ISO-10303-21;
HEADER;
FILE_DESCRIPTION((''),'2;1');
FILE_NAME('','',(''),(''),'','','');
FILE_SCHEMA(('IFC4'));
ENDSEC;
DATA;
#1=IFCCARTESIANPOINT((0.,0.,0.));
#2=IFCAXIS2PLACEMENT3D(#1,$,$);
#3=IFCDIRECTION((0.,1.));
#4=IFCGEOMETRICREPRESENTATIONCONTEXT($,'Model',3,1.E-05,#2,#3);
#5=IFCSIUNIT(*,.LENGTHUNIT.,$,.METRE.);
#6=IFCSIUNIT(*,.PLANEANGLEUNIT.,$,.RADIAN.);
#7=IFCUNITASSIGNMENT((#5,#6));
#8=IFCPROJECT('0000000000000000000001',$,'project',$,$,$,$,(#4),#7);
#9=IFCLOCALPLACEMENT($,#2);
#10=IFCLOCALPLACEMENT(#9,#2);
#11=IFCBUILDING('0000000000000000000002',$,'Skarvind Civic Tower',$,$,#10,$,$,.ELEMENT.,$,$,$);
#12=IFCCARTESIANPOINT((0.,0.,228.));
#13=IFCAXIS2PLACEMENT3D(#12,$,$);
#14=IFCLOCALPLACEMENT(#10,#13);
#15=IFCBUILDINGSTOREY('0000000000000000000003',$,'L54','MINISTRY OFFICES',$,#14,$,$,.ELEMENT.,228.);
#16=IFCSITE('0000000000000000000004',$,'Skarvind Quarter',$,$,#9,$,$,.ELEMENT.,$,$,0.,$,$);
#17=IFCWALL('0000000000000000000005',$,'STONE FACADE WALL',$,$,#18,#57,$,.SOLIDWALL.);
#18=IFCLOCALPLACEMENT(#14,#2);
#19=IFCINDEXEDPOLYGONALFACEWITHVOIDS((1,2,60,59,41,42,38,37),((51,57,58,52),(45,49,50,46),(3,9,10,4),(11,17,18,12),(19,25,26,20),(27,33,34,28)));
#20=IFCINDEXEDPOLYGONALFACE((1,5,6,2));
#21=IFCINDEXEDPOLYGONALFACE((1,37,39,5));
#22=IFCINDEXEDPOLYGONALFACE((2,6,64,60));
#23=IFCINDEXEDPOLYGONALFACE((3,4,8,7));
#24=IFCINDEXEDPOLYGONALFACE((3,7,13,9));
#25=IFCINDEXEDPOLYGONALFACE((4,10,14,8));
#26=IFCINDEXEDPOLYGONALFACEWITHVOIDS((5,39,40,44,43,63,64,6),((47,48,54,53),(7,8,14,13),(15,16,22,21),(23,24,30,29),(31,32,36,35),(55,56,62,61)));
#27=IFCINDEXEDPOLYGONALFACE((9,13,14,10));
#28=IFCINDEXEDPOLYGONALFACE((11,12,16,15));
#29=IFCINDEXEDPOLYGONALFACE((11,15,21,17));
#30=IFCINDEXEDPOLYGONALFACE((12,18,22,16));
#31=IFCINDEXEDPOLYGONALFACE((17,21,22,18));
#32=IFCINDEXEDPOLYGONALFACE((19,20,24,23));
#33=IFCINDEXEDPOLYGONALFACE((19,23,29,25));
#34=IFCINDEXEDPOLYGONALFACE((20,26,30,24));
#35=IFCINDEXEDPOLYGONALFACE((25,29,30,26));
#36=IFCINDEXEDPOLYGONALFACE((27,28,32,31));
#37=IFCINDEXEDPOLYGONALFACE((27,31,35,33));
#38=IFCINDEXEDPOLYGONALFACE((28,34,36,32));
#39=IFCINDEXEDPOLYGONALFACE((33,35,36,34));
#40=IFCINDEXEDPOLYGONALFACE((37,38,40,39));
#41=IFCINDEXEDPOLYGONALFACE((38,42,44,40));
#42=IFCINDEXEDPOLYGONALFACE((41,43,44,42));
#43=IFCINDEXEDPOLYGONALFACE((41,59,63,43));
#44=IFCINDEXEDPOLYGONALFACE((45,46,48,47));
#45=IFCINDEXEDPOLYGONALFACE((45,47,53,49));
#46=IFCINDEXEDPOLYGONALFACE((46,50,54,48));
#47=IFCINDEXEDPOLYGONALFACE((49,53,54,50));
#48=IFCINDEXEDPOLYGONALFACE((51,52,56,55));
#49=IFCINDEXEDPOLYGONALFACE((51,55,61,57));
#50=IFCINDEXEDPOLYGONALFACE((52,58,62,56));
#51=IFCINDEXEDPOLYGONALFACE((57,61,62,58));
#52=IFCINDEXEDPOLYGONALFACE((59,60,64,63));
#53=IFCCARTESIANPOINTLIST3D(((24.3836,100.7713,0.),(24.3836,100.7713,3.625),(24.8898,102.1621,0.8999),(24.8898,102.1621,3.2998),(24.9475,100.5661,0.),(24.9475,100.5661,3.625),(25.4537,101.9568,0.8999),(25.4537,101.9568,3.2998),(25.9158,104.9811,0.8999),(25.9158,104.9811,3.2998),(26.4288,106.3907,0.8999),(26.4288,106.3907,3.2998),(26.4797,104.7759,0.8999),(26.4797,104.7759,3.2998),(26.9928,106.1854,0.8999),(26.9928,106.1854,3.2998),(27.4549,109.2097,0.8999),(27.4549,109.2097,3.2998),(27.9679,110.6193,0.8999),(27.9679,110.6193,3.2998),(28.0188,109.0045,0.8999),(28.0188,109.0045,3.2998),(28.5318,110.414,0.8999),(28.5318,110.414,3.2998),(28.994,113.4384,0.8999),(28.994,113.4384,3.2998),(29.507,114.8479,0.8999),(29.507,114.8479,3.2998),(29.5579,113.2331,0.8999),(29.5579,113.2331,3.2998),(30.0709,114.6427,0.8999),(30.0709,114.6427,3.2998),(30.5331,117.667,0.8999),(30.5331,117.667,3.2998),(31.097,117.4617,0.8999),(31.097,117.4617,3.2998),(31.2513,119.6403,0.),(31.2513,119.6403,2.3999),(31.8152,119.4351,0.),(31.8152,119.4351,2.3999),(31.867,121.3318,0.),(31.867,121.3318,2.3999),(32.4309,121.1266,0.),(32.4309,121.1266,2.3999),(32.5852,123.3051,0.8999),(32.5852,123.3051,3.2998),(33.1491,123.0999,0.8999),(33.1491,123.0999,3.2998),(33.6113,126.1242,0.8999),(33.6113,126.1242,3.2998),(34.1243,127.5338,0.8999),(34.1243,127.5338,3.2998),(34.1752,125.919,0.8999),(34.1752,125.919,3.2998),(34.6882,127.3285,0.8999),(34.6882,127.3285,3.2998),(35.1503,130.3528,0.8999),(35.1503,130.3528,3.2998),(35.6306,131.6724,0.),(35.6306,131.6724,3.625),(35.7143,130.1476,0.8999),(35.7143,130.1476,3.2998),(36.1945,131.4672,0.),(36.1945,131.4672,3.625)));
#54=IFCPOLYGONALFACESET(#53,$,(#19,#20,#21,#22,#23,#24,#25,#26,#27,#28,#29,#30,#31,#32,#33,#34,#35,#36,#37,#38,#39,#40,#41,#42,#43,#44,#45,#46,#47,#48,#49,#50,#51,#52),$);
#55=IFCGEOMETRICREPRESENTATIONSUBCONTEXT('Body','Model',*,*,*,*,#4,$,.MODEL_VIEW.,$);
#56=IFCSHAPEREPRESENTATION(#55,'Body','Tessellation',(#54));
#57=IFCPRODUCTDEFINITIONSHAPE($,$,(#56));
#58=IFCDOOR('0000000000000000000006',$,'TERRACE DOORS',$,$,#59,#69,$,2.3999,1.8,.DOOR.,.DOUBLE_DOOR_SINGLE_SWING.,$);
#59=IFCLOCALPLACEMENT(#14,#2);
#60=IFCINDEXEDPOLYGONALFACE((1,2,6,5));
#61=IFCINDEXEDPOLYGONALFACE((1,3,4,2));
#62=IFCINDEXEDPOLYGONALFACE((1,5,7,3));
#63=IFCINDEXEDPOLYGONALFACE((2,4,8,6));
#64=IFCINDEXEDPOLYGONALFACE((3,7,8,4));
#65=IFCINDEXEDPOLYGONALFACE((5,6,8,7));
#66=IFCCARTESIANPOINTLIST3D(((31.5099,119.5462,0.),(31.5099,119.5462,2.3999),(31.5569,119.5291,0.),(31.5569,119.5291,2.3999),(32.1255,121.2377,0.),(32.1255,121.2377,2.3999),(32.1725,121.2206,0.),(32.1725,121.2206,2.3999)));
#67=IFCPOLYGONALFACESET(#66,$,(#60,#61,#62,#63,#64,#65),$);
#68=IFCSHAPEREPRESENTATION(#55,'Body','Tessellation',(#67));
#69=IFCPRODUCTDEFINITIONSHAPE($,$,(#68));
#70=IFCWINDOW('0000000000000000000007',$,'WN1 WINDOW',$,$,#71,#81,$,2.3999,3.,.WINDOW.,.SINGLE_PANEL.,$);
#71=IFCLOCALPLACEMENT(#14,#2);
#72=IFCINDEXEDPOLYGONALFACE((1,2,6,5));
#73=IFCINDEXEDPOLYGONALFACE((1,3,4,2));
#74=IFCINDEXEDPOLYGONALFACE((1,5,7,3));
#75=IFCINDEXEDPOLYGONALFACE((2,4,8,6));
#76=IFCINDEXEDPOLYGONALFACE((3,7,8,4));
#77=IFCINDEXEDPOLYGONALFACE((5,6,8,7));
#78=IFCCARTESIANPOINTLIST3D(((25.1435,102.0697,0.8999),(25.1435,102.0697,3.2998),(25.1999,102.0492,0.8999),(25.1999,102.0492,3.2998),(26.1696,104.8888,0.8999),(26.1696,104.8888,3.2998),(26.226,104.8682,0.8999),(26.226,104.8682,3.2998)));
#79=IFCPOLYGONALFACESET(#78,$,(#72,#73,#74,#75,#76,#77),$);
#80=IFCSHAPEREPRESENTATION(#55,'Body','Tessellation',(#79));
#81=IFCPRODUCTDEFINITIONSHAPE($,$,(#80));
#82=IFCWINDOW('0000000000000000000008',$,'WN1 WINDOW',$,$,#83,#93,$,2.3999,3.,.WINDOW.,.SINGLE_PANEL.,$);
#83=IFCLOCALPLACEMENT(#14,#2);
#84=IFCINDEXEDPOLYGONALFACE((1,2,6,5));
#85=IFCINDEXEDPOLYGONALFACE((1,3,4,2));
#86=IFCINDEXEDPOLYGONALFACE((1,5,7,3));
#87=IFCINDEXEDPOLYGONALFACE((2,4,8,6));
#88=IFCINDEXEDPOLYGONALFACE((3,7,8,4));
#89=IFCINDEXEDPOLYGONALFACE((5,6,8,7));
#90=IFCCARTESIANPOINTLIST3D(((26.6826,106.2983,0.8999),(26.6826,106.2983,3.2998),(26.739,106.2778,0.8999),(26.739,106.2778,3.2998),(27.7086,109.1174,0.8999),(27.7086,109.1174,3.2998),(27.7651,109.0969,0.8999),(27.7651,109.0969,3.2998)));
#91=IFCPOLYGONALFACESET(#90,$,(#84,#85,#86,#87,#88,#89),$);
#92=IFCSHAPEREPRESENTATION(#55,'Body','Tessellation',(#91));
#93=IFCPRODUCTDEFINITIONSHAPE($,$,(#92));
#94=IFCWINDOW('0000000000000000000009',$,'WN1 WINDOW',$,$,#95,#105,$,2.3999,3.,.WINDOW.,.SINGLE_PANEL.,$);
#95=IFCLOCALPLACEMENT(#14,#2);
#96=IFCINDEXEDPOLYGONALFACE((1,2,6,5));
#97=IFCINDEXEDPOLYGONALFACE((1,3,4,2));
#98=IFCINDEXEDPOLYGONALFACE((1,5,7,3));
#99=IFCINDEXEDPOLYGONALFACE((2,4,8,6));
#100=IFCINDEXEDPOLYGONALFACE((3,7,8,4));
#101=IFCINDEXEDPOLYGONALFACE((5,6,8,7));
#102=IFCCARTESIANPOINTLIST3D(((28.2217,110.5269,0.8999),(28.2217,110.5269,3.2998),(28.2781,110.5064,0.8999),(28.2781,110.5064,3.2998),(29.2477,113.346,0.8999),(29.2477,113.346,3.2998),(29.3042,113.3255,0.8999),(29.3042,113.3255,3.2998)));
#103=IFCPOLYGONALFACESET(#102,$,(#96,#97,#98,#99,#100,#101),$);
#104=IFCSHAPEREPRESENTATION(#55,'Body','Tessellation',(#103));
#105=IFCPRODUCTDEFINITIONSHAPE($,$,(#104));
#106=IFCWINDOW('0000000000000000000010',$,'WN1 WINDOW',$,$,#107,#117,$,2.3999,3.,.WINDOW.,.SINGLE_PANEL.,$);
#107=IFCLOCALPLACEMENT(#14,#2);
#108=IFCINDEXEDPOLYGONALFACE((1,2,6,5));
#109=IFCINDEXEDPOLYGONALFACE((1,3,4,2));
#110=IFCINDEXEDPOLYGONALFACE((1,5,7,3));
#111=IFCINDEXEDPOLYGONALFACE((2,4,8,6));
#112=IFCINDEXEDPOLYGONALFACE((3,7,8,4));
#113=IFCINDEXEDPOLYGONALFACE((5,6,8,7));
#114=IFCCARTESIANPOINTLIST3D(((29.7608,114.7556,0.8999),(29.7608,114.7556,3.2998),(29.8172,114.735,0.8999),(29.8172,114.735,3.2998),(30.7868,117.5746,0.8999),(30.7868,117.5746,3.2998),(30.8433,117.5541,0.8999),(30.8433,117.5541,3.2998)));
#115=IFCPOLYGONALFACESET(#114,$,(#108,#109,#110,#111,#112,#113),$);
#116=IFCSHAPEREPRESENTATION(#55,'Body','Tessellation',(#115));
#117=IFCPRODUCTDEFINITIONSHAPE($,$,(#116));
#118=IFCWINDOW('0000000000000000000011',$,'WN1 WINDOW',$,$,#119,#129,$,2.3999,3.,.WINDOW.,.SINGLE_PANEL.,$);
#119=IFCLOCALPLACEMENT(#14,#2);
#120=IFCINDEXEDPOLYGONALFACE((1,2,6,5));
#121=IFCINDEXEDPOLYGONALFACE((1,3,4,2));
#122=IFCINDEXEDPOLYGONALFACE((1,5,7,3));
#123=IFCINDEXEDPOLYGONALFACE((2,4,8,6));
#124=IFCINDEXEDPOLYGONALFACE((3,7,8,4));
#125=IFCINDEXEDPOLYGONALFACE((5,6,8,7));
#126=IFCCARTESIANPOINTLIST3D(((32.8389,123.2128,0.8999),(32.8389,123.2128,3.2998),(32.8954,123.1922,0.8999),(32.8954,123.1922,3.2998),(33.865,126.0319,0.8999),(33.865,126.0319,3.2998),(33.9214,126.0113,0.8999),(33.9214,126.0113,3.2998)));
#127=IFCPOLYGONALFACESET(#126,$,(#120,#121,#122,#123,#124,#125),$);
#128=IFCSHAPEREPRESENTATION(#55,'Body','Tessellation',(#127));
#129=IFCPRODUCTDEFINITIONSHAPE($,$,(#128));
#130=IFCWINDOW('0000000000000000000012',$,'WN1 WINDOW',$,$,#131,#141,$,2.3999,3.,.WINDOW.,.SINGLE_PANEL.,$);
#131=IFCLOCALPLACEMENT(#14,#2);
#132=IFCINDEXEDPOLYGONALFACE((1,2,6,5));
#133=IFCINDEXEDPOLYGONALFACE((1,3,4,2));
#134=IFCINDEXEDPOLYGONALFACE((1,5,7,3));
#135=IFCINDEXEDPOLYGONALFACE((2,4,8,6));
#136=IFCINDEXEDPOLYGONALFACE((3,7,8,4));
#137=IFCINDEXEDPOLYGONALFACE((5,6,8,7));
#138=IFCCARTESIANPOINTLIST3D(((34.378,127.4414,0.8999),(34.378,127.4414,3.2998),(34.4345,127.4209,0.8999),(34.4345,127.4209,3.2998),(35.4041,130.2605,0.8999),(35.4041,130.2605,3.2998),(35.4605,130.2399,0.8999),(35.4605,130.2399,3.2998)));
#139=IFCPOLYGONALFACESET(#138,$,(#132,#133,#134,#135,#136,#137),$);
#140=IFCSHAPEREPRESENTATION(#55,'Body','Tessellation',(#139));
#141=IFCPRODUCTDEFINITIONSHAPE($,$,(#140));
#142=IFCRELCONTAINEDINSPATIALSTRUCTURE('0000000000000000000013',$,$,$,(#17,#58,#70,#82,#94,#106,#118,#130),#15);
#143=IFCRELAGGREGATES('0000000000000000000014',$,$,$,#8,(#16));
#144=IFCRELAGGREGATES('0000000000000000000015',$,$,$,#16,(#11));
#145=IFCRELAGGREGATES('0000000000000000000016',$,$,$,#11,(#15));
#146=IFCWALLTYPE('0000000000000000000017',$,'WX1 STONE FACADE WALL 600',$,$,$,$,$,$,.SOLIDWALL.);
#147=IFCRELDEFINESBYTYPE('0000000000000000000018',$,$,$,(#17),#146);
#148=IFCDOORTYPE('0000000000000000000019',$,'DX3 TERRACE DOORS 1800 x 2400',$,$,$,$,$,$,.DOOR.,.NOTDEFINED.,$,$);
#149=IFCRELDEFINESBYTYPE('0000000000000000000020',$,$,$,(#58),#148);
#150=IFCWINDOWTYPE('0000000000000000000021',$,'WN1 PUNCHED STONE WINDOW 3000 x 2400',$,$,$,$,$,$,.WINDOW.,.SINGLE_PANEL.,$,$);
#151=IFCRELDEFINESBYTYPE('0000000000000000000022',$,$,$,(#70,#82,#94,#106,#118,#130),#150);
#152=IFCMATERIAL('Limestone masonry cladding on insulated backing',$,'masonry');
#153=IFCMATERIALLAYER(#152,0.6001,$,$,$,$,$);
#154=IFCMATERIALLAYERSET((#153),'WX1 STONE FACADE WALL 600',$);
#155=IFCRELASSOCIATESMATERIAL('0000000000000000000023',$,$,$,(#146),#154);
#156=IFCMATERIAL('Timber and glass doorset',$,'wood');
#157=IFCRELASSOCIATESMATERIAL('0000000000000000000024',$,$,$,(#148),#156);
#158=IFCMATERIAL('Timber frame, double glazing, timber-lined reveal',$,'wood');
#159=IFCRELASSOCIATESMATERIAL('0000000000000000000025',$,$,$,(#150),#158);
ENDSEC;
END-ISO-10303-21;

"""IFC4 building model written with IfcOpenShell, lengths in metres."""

from ifc_helpers import new_model, si_unit, direction, frame, frame_2d, origin, place, context, subcontext, project, spatial, rectangle, extrude, material, layer, layer_set, type_object, element, fill, save


model = new_model("IFC4")

# Units and contexts
model_context = context("Model", 3, precision=1e-05, world=origin(), true_north=direction((0.0, 1.0)))
body_context = subcontext(model_context, "Body", "Model", "MODEL_VIEW")
ifc_project = project(units=[si_unit("LENGTHUNIT", "METRE"), si_unit("PLANEANGLEUNIT", "RADIAN")], contexts=[model_context])

# Site, building, storey
site_placement = place(None, origin())
site = spatial("IfcSite", under=ifc_project, at=site_placement, Name="Skarvind Quarter", CompositionType="ELEMENT", RefElevation=0.0)
building_placement = place(site_placement, origin())
building = spatial("IfcBuilding", under=site, at=building_placement, Name="Skarvind Civic Tower", CompositionType="ELEMENT")
storey_placement = place(building_placement, frame((0.0, 0.0, 228.0)))
storey = spatial("IfcBuildingStorey", under=building, at=storey_placement, Name="L54", Description="MINISTRY OFFICES", CompositionType="ELEMENT", Elevation=228.0)

# Wall, openings, door, windows
ifc_material_1 = material(Name="Limestone masonry cladding on insulated backing", Category="masonry")
ifc_layer_1 = layer(ifc_material_1, 0.6001)
ifc_layer_set_1 = layer_set([ifc_layer_1], Name="WX1 STONE FACADE WALL 600")
wall_type_1 = type_object("IfcWallType", Name="WX1 STONE FACADE WALL 600", PredefinedType="SOLIDWALL", material=ifc_layer_set_1)
wall_1_placement = place(storey_placement, frame((24.6655, 100.6687, 0.0), z_axis=(0.0, 0.0, 1.0), x_axis=(0.34202, 0.939693, 0.0)))
wall_1 = element("IfcWall", 1, at=wall_1_placement, inside=storey, type_object=wall_type_1, Name="STONE FACADE WALL", PredefinedType="SOLIDWALL", context=body_context, shape_type="SweptSolid", body=[
    extrude(rectangle(XDim=32.8843, YDim=0.6001, at=frame_2d((16.4421, 0.0))), origin(), (0.0, 0.0, 1.0), 3.625),
])
opening_1_placement = place(wall_1_placement, frame((1.48, 0.0, 0.8999)))
opening_1 = element("IfcOpeningElement", 2, at=opening_1_placement, cuts=wall_1, PredefinedType="OPENING", context=body_context, shape_type="SweptSolid", body=[
    extrude(rectangle(XDim=3.0, YDim=2.3999, at=frame_2d((1.5, 1.2))), frame((0.0, 0.3101, 0.0), z_axis=(0.0, -1.0, 0.0), x_axis=(1.0, 0.0, 0.0)), (0.0, 0.0, 1.0), 0.6201),
])
opening_2_placement = place(wall_1_placement, frame((5.98, 0.0, 0.8999)))
opening_2 = element("IfcOpeningElement", 3, at=opening_2_placement, cuts=wall_1, PredefinedType="OPENING", context=body_context, shape_type="SweptSolid", body=[
    extrude(rectangle(XDim=3.0, YDim=2.3999, at=frame_2d((1.5, 1.2))), frame((0.0, 0.3101, 0.0), z_axis=(0.0, -1.0, 0.0), x_axis=(1.0, 0.0, 0.0)), (0.0, 0.0, 1.0), 0.6201),
])
opening_3_placement = place(wall_1_placement, frame((10.48, 0.0, 0.8999)))
opening_3 = element("IfcOpeningElement", 4, at=opening_3_placement, cuts=wall_1, PredefinedType="OPENING", context=body_context, shape_type="SweptSolid", body=[
    extrude(rectangle(XDim=3.0, YDim=2.3999, at=frame_2d((1.5, 1.2))), frame((0.0, 0.3101, 0.0), z_axis=(0.0, -1.0, 0.0), x_axis=(1.0, 0.0, 0.0)), (0.0, 0.0, 1.0), 0.6201),
])
opening_4_placement = place(wall_1_placement, frame((14.98, 0.0, 0.8999)))
opening_4 = element("IfcOpeningElement", 5, at=opening_4_placement, cuts=wall_1, PredefinedType="OPENING", context=body_context, shape_type="SweptSolid", body=[
    extrude(rectangle(XDim=3.0, YDim=2.3999, at=frame_2d((1.5, 1.2))), frame((0.0, 0.3101, 0.0), z_axis=(0.0, -1.0, 0.0), x_axis=(1.0, 0.0, 0.0)), (0.0, 0.0, 1.0), 0.6201),
])
opening_5_placement = place(wall_1_placement, frame((20.0801, 0.0, 0.0)))
opening_5 = element("IfcOpeningElement", 6, at=opening_5_placement, cuts=wall_1, PredefinedType="OPENING", context=body_context, shape_type="SweptSolid", body=[
    extrude(rectangle(XDim=1.8, YDim=2.3999, at=frame_2d((0.8999, 1.2))), frame((0.0, 0.3101, 0.0), z_axis=(0.0, -1.0, 0.0), x_axis=(1.0, 0.0, 0.0)), (0.0, 0.0, 1.0), 0.6201),
])
opening_6_placement = place(wall_1_placement, frame((23.98, 0.0, 0.8999)))
opening_6 = element("IfcOpeningElement", 7, at=opening_6_placement, cuts=wall_1, PredefinedType="OPENING", context=body_context, shape_type="SweptSolid", body=[
    extrude(rectangle(XDim=3.0, YDim=2.3999, at=frame_2d((1.5, 1.2))), frame((0.0, 0.3101, 0.0), z_axis=(0.0, -1.0, 0.0), x_axis=(1.0, 0.0, 0.0)), (0.0, 0.0, 1.0), 0.6201),
])
opening_7_placement = place(wall_1_placement, frame((28.48, 0.0, 0.8999)))
opening_7 = element("IfcOpeningElement", 8, at=opening_7_placement, cuts=wall_1, PredefinedType="OPENING", context=body_context, shape_type="SweptSolid", body=[
    extrude(rectangle(XDim=3.0, YDim=2.3999, at=frame_2d((1.5, 1.2))), frame((0.0, 0.3101, 0.0), z_axis=(0.0, -1.0, 0.0), x_axis=(1.0, 0.0, 0.0)), (0.0, 0.0, 1.0), 0.6201),
])
ifc_material_2 = material(Name="Timber and glass doorset", Category="wood")
door_type_1 = type_object("IfcDoorType", Name="DX3 TERRACE DOORS 1800 x 2400", OperationType="NOTDEFINED", PredefinedType="DOOR", material=ifc_material_2)
door_1_placement = place(opening_5_placement, origin())
door_1 = element("IfcDoor", 9, at=door_1_placement, inside=storey, type_object=door_type_1, Name="TERRACE DOORS", OperationType="DOUBLE_DOOR_SINGLE_SWING", OverallHeight=2.3999, OverallWidth=1.8, PredefinedType="DOOR", context=body_context, shape_type="SweptSolid", body=[
    extrude(rectangle(XDim=1.8, YDim=2.3999, at=frame_2d((0.8999, 1.2))), frame((0.0, 0.0249, 0.0), z_axis=(0.0, -1.0, 0.0), x_axis=(1.0, 0.0, 0.0)), (0.0, 0.0, 1.0), 0.05),
])
fill(opening_5, door_1)
ifc_material_3 = material(Name="Timber frame, double glazing, timber-lined reveal", Category="wood")
window_type = type_object("IfcWindowType", Name="WN1 PUNCHED STONE WINDOW 3000 x 2400", PartitioningType="SINGLE_PANEL", PredefinedType="WINDOW", material=ifc_material_3)
window_1_placement = place(opening_1_placement, origin())
window_1 = element("IfcWindow", 10, at=window_1_placement, inside=storey, type_object=window_type, Name="WN1 WINDOW", OverallHeight=2.3999, OverallWidth=3.0, PartitioningType="SINGLE_PANEL", PredefinedType="WINDOW", context=body_context, shape_type="SweptSolid", body=[
    extrude(rectangle(XDim=3.0, YDim=2.3999, at=frame_2d((1.5, 1.2))), frame((0.0, 0.03, 0.0), z_axis=(0.0, -1.0, 0.0), x_axis=(1.0, 0.0, 0.0)), (0.0, 0.0, 1.0), 0.0601),
])
fill(opening_1, window_1)
window_2_placement = place(opening_2_placement, origin())
window_2 = element("IfcWindow", 11, at=window_2_placement, inside=storey, type_object=window_type, Name="WN1 WINDOW", OverallHeight=2.3999, OverallWidth=3.0, PartitioningType="SINGLE_PANEL", PredefinedType="WINDOW", context=body_context, shape_type="SweptSolid", body=[
    extrude(rectangle(XDim=3.0, YDim=2.3999, at=frame_2d((1.5, 1.2))), frame((0.0, 0.03, 0.0), z_axis=(0.0, -1.0, 0.0), x_axis=(1.0, 0.0, 0.0)), (0.0, 0.0, 1.0), 0.0601),
])
fill(opening_2, window_2)
window_3_placement = place(opening_3_placement, origin())
window_3 = element("IfcWindow", 12, at=window_3_placement, inside=storey, type_object=window_type, Name="WN1 WINDOW", OverallHeight=2.3999, OverallWidth=3.0, PartitioningType="SINGLE_PANEL", PredefinedType="WINDOW", context=body_context, shape_type="SweptSolid", body=[
    extrude(rectangle(XDim=3.0, YDim=2.3999, at=frame_2d((1.5, 1.2))), frame((0.0, 0.03, 0.0), z_axis=(0.0, -1.0, 0.0), x_axis=(1.0, 0.0, 0.0)), (0.0, 0.0, 1.0), 0.0601),
])
fill(opening_3, window_3)
window_4_placement = place(opening_4_placement, origin())
window_4 = element("IfcWindow", 13, at=window_4_placement, inside=storey, type_object=window_type, Name="WN1 WINDOW", OverallHeight=2.3999, OverallWidth=3.0, PartitioningType="SINGLE_PANEL", PredefinedType="WINDOW", context=body_context, shape_type="SweptSolid", body=[
    extrude(rectangle(XDim=3.0, YDim=2.3999, at=frame_2d((1.5, 1.2))), frame((0.0, 0.03, 0.0), z_axis=(0.0, -1.0, 0.0), x_axis=(1.0, 0.0, 0.0)), (0.0, 0.0, 1.0), 0.0601),
])
fill(opening_4, window_4)
window_5_placement = place(opening_6_placement, origin())
window_5 = element("IfcWindow", 14, at=window_5_placement, inside=storey, type_object=window_type, Name="WN1 WINDOW", OverallHeight=2.3999, OverallWidth=3.0, PartitioningType="SINGLE_PANEL", PredefinedType="WINDOW", context=body_context, shape_type="SweptSolid", body=[
    extrude(rectangle(XDim=3.0, YDim=2.3999, at=frame_2d((1.5, 1.2))), frame((0.0, 0.03, 0.0), z_axis=(0.0, -1.0, 0.0), x_axis=(1.0, 0.0, 0.0)), (0.0, 0.0, 1.0), 0.0601),
])
fill(opening_6, window_5)
window_6_placement = place(opening_7_placement, origin())
window_6 = element("IfcWindow", 15, at=window_6_placement, inside=storey, type_object=window_type, Name="WN1 WINDOW", OverallHeight=2.3999, OverallWidth=3.0, PartitioningType="SINGLE_PANEL", PredefinedType="WINDOW", context=body_context, shape_type="SweptSolid", body=[
    extrude(rectangle(XDim=3.0, YDim=2.3999, at=frame_2d((1.5, 1.2))), frame((0.0, 0.03, 0.0), z_axis=(0.0, -1.0, 0.0), x_axis=(1.0, 0.0, 0.0)), (0.0, 0.0, 1.0), 0.0601),
])
fill(opening_7, window_6)

save(model, "model.ifc")
